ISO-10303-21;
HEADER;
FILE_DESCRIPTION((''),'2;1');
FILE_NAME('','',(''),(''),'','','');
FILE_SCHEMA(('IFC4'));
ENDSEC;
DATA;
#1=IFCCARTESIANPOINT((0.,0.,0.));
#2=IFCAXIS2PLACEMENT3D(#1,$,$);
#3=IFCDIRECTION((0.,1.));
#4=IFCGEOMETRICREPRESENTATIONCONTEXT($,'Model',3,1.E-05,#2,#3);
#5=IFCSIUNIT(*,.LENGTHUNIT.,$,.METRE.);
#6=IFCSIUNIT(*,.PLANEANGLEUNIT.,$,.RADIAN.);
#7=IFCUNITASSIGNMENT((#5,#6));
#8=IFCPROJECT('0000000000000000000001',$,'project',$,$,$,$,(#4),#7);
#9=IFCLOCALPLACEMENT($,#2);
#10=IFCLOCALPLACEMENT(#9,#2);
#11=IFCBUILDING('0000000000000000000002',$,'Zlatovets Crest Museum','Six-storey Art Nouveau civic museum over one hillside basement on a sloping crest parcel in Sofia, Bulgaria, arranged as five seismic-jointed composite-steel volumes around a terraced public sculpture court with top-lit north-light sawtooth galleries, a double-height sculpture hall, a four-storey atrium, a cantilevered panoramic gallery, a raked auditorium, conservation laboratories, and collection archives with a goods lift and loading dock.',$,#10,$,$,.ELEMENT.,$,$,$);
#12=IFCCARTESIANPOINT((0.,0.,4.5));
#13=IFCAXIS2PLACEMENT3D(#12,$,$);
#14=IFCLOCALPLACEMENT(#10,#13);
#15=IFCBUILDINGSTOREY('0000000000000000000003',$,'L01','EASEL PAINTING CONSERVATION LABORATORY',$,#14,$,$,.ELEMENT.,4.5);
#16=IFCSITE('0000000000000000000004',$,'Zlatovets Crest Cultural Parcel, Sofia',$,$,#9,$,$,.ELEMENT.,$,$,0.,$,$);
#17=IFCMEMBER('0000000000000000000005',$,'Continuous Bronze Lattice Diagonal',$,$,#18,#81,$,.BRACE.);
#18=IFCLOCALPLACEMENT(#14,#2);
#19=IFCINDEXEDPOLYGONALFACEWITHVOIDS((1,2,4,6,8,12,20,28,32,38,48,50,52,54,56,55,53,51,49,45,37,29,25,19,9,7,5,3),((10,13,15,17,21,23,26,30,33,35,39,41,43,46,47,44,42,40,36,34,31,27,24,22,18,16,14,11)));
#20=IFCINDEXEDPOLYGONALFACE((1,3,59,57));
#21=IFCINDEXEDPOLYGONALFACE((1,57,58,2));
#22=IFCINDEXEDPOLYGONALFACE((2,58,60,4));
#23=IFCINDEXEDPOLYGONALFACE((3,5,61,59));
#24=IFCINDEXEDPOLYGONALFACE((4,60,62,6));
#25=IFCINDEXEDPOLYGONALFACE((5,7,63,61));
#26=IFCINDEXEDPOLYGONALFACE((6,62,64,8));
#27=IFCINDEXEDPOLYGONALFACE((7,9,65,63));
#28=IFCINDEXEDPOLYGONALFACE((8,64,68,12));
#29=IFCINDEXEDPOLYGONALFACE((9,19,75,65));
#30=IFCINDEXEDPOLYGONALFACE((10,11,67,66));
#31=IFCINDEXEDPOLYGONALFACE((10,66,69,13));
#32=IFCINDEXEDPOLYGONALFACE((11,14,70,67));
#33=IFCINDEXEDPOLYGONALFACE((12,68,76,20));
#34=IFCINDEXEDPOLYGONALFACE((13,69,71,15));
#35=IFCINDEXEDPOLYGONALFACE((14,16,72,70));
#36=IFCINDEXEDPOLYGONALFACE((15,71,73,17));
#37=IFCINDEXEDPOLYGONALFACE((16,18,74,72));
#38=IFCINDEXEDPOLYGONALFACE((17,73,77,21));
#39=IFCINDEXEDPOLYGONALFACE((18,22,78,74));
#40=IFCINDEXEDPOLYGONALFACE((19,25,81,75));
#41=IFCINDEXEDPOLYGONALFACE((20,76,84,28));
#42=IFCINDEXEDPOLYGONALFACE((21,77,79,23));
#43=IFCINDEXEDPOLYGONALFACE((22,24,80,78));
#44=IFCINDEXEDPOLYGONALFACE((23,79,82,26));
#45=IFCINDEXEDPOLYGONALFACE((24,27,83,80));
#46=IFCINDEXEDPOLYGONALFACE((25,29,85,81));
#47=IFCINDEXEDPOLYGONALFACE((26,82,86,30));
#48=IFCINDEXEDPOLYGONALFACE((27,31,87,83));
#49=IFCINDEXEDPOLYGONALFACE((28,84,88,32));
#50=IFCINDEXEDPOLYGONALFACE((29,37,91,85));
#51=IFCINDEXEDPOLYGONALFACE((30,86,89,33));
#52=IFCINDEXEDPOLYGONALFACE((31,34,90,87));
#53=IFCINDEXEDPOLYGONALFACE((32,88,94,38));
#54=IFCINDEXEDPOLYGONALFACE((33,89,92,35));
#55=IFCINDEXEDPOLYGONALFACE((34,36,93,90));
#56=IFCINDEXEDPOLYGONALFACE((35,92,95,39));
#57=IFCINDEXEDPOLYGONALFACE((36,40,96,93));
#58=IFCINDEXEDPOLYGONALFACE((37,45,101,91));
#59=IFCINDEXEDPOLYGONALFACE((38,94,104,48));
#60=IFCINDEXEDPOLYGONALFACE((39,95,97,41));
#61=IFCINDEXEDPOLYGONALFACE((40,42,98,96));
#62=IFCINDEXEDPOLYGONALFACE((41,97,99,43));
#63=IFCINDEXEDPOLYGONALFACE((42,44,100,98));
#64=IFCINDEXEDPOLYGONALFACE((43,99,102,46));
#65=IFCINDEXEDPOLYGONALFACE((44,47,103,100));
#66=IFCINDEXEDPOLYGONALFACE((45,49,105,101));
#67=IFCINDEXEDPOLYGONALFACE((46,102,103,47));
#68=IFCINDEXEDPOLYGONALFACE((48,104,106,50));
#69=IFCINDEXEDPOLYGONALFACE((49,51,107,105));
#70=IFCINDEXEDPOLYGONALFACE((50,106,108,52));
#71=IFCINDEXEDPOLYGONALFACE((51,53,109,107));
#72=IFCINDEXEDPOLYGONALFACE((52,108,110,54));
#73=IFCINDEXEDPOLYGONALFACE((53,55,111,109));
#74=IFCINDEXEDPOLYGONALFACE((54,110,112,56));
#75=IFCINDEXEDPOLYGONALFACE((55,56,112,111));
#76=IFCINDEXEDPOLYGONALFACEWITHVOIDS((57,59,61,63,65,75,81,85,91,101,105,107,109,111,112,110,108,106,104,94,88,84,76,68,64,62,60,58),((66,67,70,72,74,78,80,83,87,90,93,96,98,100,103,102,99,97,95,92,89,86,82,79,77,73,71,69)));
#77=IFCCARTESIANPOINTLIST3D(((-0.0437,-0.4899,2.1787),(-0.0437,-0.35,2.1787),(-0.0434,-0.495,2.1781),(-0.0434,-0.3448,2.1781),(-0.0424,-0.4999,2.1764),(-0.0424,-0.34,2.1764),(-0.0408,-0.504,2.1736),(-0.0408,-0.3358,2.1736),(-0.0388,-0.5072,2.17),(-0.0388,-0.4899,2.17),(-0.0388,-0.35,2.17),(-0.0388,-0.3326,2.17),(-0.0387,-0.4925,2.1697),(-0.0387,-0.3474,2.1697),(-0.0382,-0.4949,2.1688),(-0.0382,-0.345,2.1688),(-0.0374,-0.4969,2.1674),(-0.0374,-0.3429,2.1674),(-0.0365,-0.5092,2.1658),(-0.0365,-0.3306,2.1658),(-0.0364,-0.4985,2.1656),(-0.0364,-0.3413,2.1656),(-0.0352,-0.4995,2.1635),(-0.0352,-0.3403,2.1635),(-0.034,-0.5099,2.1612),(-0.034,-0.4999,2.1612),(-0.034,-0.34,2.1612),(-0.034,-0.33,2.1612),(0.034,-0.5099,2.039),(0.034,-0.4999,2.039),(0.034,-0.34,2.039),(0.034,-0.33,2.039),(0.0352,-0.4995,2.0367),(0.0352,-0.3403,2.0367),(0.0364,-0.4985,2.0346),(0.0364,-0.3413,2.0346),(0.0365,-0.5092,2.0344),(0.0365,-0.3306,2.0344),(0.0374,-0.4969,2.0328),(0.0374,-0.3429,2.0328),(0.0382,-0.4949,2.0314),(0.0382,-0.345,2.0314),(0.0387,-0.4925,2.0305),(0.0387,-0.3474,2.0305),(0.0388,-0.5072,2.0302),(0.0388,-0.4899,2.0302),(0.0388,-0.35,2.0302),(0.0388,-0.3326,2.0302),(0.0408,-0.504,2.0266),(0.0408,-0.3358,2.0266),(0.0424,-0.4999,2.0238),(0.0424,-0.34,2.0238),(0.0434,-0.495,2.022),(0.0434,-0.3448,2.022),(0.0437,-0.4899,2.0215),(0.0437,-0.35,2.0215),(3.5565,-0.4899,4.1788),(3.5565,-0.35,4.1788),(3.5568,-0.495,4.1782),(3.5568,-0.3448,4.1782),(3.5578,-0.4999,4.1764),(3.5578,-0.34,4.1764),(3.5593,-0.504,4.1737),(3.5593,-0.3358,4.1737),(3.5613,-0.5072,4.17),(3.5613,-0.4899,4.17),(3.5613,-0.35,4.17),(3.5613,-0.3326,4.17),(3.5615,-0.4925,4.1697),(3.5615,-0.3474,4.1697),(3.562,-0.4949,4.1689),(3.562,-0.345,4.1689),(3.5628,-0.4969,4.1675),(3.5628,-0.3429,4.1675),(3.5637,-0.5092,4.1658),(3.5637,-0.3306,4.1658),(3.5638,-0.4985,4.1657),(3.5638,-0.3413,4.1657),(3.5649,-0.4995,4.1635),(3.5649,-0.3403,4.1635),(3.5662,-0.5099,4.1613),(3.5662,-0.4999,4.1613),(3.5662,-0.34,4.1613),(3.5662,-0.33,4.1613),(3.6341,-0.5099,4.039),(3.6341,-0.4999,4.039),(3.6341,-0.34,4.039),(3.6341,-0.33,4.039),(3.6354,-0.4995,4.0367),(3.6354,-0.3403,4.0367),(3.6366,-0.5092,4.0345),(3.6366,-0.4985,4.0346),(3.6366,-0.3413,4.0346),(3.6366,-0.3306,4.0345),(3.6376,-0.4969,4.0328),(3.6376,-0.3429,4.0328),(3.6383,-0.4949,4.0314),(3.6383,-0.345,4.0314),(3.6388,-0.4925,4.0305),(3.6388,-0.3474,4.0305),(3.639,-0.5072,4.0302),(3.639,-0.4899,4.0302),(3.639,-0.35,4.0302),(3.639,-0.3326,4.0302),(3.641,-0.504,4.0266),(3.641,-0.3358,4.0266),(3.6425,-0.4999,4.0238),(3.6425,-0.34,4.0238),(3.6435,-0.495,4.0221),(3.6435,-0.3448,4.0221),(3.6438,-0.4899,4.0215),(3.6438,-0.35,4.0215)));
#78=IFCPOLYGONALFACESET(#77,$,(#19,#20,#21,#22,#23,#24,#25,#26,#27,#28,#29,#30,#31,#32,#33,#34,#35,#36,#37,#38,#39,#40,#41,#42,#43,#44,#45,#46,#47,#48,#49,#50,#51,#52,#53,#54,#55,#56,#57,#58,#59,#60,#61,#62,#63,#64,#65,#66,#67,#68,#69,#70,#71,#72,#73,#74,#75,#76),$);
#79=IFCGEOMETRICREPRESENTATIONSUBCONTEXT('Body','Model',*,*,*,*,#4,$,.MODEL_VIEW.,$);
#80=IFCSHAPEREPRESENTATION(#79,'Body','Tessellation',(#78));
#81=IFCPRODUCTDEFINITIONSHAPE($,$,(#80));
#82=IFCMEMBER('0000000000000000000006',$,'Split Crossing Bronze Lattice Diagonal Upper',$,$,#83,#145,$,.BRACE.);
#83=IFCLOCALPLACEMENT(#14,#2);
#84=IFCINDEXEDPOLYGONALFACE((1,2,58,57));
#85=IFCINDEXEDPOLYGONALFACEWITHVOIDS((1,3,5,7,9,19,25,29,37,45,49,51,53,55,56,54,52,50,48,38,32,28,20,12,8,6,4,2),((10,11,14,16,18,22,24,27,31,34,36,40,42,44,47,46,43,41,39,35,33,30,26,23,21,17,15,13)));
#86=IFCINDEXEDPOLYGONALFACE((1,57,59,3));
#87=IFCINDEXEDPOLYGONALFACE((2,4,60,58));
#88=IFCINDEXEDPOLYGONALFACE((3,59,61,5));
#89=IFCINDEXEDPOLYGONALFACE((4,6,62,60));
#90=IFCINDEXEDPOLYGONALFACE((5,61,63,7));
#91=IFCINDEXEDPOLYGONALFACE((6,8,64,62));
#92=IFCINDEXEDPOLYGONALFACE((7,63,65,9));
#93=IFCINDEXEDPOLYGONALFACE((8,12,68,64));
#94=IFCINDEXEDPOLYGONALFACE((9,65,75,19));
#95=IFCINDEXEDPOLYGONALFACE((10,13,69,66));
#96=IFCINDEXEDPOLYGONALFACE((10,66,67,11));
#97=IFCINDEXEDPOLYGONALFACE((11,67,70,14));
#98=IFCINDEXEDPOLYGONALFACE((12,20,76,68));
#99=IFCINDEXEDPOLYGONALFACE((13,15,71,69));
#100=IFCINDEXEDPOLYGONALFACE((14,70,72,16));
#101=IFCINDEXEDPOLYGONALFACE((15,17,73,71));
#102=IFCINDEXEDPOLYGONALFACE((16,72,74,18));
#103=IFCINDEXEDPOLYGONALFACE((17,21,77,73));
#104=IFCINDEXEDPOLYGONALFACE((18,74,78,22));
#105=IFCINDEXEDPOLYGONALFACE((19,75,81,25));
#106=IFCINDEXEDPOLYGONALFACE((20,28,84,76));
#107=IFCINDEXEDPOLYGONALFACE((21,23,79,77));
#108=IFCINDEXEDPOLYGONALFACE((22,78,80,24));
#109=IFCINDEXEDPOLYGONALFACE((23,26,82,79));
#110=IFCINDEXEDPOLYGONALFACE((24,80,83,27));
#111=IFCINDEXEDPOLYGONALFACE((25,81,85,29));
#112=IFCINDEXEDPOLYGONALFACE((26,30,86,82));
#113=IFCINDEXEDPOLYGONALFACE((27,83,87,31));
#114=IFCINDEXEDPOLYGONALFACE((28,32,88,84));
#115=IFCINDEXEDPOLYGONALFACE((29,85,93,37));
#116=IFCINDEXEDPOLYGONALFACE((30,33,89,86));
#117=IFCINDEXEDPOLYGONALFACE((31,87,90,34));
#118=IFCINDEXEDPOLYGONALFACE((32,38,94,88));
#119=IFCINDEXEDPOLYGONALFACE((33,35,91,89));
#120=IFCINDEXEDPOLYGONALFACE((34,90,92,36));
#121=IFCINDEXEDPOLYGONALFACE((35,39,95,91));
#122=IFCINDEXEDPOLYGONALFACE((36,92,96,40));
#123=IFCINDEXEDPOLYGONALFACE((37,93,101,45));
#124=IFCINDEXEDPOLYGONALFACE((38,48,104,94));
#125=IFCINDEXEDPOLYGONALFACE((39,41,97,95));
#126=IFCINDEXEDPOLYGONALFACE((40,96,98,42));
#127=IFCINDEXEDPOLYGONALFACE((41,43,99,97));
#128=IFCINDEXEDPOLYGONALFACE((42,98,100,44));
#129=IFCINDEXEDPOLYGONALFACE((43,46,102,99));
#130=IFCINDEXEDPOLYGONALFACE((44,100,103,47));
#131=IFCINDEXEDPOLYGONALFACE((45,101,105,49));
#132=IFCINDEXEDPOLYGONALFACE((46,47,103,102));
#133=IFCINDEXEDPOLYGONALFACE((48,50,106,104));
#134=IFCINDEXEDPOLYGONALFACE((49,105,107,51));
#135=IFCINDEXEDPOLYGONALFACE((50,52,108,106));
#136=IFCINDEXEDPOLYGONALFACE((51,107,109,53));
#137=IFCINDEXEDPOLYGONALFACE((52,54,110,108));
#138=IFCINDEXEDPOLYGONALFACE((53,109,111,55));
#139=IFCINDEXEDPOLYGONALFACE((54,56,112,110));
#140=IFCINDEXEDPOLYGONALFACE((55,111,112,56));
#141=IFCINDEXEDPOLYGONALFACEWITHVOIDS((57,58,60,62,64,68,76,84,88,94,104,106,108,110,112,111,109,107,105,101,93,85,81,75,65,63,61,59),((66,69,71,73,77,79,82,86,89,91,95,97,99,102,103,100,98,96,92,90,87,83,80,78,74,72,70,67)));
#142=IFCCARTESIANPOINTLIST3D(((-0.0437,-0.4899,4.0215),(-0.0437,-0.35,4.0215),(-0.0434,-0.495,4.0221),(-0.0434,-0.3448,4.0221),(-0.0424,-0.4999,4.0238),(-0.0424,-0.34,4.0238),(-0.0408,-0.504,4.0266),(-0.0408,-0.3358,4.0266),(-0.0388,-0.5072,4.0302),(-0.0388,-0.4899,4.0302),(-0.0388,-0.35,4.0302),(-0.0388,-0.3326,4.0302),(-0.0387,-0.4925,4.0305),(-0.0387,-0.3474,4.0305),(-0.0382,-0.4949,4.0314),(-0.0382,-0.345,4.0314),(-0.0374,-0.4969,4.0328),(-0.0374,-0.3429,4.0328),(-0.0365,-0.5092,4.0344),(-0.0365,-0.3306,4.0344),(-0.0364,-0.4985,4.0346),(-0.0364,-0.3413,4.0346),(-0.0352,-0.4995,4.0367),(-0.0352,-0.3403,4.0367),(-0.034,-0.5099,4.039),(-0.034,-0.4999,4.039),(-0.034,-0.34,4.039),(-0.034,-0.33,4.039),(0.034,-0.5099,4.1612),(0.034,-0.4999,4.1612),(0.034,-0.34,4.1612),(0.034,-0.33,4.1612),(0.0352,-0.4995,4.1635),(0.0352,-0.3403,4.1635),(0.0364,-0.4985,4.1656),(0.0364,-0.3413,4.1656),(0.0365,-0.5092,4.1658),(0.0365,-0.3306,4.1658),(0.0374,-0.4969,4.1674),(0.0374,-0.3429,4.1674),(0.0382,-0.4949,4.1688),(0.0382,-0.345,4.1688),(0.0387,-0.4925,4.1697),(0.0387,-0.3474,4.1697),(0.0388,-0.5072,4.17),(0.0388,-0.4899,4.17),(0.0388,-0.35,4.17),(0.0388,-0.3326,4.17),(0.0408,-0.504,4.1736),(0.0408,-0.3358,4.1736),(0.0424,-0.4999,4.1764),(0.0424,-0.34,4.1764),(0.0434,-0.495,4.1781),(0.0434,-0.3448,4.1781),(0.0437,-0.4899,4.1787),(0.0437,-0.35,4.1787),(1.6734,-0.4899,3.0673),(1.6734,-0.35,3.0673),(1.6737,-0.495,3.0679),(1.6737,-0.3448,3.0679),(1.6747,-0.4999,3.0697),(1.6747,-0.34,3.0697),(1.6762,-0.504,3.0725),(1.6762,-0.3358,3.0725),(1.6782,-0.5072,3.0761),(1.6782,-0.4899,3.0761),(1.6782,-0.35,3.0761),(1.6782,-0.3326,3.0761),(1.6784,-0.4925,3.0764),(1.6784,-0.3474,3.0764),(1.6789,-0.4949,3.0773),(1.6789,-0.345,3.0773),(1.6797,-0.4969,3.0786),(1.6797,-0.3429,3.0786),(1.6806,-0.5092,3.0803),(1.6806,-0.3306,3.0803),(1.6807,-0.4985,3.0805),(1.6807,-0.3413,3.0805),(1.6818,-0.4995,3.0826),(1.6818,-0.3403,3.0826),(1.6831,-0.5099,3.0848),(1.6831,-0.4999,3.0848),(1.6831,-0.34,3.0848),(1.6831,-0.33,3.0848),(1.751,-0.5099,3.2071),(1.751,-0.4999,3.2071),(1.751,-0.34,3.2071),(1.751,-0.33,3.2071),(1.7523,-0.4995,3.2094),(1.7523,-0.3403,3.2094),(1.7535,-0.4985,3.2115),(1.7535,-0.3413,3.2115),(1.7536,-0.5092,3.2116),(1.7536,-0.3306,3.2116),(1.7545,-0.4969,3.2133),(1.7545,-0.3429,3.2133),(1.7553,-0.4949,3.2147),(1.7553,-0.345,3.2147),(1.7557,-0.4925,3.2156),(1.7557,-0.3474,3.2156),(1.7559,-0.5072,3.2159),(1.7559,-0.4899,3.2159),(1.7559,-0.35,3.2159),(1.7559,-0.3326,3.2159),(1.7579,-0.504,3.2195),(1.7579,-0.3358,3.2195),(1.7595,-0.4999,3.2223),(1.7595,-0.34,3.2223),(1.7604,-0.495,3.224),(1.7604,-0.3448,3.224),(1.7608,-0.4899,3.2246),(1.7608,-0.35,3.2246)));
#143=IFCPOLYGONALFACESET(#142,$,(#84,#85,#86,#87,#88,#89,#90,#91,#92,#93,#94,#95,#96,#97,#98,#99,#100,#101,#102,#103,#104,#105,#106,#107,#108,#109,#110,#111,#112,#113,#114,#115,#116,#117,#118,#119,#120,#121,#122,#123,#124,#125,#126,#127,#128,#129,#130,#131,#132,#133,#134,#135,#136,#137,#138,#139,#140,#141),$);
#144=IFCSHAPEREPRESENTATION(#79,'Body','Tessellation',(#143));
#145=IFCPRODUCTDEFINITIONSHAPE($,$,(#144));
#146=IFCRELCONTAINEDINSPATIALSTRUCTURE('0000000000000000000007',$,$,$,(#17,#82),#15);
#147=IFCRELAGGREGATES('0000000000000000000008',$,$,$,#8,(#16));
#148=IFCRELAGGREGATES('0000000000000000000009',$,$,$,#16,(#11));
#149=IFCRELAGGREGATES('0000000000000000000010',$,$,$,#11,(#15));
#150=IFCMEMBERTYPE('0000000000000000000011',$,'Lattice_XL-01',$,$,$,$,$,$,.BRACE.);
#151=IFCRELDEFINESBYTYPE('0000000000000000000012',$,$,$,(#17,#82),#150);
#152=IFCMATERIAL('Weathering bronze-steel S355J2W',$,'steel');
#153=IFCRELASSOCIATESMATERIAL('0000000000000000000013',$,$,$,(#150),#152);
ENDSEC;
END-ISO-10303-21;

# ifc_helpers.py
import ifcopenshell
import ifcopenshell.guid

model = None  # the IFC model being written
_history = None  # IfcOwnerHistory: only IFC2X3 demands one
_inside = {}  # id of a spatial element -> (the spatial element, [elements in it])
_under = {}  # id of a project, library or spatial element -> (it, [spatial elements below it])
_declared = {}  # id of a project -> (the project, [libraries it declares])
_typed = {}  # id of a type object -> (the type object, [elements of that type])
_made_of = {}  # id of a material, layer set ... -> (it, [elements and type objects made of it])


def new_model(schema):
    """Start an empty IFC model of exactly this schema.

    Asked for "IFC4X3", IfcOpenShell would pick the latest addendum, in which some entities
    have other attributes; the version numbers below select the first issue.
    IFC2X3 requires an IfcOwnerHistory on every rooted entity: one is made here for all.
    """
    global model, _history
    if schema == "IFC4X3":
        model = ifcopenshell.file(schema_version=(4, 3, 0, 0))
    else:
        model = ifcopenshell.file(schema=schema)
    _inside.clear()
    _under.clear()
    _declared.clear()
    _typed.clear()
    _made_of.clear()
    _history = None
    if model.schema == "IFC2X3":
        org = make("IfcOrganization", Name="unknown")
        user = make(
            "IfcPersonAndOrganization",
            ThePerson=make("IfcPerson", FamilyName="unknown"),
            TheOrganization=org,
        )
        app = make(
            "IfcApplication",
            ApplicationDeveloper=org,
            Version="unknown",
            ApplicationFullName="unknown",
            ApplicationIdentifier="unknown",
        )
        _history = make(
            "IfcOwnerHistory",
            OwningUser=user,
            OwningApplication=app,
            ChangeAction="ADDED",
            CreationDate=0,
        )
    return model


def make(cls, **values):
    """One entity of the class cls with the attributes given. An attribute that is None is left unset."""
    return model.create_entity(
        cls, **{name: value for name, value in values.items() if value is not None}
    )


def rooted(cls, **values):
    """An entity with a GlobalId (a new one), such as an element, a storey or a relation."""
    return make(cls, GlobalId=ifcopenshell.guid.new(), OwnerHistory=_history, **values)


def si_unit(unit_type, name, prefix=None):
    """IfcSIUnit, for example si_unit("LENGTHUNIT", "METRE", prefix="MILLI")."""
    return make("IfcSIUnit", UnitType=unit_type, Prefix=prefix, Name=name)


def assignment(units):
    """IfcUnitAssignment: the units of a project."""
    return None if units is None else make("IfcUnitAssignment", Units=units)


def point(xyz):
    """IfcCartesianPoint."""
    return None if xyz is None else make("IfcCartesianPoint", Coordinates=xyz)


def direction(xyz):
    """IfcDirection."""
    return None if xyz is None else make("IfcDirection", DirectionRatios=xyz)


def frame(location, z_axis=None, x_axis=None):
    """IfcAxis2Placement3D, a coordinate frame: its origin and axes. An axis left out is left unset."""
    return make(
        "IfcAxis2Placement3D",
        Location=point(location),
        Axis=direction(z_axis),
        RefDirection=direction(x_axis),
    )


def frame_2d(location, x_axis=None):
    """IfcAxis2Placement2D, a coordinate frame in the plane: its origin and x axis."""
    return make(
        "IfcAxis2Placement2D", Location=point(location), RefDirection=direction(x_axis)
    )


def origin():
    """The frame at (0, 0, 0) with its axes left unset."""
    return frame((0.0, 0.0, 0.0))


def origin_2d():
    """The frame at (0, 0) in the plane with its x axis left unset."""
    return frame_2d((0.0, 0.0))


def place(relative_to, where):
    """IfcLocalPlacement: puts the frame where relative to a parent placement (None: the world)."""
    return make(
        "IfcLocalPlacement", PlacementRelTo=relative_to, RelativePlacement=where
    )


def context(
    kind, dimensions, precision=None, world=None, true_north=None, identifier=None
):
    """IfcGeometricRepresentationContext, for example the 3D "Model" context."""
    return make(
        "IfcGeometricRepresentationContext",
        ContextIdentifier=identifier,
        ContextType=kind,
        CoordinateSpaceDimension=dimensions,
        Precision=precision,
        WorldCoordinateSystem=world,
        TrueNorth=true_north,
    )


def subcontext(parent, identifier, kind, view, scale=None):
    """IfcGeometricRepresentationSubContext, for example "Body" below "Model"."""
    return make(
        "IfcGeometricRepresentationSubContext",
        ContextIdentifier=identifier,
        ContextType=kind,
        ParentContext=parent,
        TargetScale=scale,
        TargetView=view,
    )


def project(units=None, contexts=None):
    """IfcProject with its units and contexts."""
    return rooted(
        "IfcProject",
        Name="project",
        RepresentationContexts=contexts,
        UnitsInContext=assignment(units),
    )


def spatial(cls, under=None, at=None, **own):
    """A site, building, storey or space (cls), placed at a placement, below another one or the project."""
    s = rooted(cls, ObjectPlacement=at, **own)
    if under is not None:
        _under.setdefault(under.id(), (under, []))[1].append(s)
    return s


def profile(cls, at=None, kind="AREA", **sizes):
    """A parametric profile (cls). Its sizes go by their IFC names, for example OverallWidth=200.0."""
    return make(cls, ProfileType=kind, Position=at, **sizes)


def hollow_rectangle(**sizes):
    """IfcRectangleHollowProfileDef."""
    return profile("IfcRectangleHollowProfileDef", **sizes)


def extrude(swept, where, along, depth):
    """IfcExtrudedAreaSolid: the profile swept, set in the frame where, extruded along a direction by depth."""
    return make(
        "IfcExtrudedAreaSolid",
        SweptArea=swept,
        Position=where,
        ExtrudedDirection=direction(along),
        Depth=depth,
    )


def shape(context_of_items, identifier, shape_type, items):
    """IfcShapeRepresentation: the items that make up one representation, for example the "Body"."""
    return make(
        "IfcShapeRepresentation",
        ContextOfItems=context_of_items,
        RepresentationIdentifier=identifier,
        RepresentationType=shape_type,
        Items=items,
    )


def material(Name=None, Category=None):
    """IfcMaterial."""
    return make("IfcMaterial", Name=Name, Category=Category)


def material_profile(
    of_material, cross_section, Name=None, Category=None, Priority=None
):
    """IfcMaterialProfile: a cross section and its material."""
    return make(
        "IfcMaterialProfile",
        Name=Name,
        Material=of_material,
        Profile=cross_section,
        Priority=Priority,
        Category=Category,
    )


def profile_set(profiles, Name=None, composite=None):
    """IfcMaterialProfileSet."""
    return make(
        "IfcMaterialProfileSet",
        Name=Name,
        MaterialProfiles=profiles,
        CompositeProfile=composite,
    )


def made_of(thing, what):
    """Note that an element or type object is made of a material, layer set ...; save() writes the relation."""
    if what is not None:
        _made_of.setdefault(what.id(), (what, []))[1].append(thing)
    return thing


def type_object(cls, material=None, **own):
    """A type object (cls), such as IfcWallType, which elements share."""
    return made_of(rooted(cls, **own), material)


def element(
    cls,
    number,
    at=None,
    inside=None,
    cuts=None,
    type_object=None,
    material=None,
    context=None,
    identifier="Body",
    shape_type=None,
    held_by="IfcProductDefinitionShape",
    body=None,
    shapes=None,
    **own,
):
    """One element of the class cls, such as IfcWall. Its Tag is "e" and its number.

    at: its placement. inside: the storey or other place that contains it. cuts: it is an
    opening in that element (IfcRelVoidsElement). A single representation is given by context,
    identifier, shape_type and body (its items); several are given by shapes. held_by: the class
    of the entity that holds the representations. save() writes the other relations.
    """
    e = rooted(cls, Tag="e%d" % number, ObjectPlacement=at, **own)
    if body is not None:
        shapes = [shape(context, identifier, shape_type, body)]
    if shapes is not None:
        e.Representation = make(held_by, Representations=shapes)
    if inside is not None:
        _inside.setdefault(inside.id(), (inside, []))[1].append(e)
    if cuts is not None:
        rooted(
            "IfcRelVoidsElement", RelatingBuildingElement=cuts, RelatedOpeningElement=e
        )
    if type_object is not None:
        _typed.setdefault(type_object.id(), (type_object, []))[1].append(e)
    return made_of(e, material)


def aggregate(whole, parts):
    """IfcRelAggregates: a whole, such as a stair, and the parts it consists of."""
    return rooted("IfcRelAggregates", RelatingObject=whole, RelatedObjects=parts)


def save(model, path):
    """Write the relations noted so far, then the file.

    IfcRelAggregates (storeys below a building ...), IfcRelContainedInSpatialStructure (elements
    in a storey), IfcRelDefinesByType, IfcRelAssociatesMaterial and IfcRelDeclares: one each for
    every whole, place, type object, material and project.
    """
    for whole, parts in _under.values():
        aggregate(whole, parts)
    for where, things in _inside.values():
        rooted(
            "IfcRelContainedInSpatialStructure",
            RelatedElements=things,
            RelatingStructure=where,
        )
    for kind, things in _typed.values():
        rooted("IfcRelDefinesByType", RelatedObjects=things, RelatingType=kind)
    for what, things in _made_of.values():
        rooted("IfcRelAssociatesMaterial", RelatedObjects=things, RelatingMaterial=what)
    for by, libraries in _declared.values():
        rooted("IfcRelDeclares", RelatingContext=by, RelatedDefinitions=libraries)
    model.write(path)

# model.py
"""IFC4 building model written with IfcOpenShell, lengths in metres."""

from ifc_helpers import new_model, si_unit, direction, frame, origin, origin_2d, place, context, subcontext, project, spatial, hollow_rectangle, extrude, material, material_profile, profile_set, type_object, element, save


model = new_model("IFC4")

# Units and contexts
model_context = context("Model", 3, precision=1e-05, world=origin(), true_north=direction((0.0, 1.0)))
body_context = subcontext(model_context, "Body", "Model", "MODEL_VIEW")
ifc_project = project(units=[si_unit("LENGTHUNIT", "METRE"), si_unit("PLANEANGLEUNIT", "RADIAN")], contexts=[model_context])

# Site, building, storey
site_placement = place(None, origin())
site = spatial("IfcSite", under=ifc_project, at=site_placement, Name="Zlatovets Crest Cultural Parcel, Sofia", CompositionType="ELEMENT", RefElevation=0.0)
building_placement = place(site_placement, origin())
building = spatial("IfcBuilding", under=site, at=building_placement, Name="Zlatovets Crest Museum", Description="Six-storey Art Nouveau civic museum over one hillside basement on a sloping crest parcel in Sofia, Bulgaria, arranged as five seismic-jointed composite-steel volumes around a terraced public sculpture court with top-lit north-light sawtooth galleries, a double-height sculpture hall, a four-storey atrium, a cantilevered panoramic gallery, a raked auditorium, conservation laboratories, and collection archives with a goods lift and loading dock.", CompositionType="ELEMENT")
storey_placement = place(building_placement, frame((0.0, 0.0, 4.5)))
storey = spatial("IfcBuildingStorey", under=building, at=storey_placement, Name="L01", Description="EASEL PAINTING CONSERVATION LABORATORY", CompositionType="ELEMENT", Elevation=4.5)

# Members
ifc_material_1 = material(Name="Weathering bronze-steel S355J2W", Category="steel")
ifc_material_profile_1 = material_profile(ifc_material_1, hollow_rectangle(XDim=0.1799, YDim=0.1799, WallThickness=0.01, InnerFilletRadius=0.01, OuterFilletRadius=0.02, at=origin_2d()), Name="SHS 180x180x10.0")
ifc_profile_set_1 = profile_set([ifc_material_profile_1], Name="Weathering bronze-steel S355J2W")
member_type_1 = type_object("IfcMemberType", Name="Lattice_XL-01", PredefinedType="BRACE", material=ifc_profile_set_1)
member_1_placement = place(storey_placement, frame((0.0, -0.4199, 2.1001), z_axis=(0.874163, 0.0, 0.485633), x_axis=(0.0, 1.0, 0.0)))
element("IfcMember", 1, at=member_1_placement, inside=storey, type_object=member_type_1, Name="Continuous Bronze Lattice Diagonal", PredefinedType="BRACE", context=body_context, shape_type="SweptSolid", body=[
    extrude(hollow_rectangle(XDim=0.1799, YDim=0.1799, WallThickness=0.01, InnerFilletRadius=0.01, OuterFilletRadius=0.02, at=origin_2d()), origin(), (0.0, 0.0, 1.0), 4.1184),
])
member_2_placement = place(storey_placement, frame((0.0, -0.4199, 4.1001), z_axis=(0.874116, 0.0, -0.485717), x_axis=(0.0, 1.0, 0.0)))
element("IfcMember", 2, at=member_2_placement, inside=storey, type_object=member_type_1, Name="Split Crossing Bronze Lattice Diagonal Upper", PredefinedType="BRACE", context=body_context, shape_type="SweptSolid", body=[
    extrude(hollow_rectangle(XDim=0.1799, YDim=0.1799, WallThickness=0.01, InnerFilletRadius=0.01, OuterFilletRadius=0.02, at=origin_2d()), origin(), (0.0, 0.0, 1.0), 1.9644),
])

save(model, "model.ifc")
